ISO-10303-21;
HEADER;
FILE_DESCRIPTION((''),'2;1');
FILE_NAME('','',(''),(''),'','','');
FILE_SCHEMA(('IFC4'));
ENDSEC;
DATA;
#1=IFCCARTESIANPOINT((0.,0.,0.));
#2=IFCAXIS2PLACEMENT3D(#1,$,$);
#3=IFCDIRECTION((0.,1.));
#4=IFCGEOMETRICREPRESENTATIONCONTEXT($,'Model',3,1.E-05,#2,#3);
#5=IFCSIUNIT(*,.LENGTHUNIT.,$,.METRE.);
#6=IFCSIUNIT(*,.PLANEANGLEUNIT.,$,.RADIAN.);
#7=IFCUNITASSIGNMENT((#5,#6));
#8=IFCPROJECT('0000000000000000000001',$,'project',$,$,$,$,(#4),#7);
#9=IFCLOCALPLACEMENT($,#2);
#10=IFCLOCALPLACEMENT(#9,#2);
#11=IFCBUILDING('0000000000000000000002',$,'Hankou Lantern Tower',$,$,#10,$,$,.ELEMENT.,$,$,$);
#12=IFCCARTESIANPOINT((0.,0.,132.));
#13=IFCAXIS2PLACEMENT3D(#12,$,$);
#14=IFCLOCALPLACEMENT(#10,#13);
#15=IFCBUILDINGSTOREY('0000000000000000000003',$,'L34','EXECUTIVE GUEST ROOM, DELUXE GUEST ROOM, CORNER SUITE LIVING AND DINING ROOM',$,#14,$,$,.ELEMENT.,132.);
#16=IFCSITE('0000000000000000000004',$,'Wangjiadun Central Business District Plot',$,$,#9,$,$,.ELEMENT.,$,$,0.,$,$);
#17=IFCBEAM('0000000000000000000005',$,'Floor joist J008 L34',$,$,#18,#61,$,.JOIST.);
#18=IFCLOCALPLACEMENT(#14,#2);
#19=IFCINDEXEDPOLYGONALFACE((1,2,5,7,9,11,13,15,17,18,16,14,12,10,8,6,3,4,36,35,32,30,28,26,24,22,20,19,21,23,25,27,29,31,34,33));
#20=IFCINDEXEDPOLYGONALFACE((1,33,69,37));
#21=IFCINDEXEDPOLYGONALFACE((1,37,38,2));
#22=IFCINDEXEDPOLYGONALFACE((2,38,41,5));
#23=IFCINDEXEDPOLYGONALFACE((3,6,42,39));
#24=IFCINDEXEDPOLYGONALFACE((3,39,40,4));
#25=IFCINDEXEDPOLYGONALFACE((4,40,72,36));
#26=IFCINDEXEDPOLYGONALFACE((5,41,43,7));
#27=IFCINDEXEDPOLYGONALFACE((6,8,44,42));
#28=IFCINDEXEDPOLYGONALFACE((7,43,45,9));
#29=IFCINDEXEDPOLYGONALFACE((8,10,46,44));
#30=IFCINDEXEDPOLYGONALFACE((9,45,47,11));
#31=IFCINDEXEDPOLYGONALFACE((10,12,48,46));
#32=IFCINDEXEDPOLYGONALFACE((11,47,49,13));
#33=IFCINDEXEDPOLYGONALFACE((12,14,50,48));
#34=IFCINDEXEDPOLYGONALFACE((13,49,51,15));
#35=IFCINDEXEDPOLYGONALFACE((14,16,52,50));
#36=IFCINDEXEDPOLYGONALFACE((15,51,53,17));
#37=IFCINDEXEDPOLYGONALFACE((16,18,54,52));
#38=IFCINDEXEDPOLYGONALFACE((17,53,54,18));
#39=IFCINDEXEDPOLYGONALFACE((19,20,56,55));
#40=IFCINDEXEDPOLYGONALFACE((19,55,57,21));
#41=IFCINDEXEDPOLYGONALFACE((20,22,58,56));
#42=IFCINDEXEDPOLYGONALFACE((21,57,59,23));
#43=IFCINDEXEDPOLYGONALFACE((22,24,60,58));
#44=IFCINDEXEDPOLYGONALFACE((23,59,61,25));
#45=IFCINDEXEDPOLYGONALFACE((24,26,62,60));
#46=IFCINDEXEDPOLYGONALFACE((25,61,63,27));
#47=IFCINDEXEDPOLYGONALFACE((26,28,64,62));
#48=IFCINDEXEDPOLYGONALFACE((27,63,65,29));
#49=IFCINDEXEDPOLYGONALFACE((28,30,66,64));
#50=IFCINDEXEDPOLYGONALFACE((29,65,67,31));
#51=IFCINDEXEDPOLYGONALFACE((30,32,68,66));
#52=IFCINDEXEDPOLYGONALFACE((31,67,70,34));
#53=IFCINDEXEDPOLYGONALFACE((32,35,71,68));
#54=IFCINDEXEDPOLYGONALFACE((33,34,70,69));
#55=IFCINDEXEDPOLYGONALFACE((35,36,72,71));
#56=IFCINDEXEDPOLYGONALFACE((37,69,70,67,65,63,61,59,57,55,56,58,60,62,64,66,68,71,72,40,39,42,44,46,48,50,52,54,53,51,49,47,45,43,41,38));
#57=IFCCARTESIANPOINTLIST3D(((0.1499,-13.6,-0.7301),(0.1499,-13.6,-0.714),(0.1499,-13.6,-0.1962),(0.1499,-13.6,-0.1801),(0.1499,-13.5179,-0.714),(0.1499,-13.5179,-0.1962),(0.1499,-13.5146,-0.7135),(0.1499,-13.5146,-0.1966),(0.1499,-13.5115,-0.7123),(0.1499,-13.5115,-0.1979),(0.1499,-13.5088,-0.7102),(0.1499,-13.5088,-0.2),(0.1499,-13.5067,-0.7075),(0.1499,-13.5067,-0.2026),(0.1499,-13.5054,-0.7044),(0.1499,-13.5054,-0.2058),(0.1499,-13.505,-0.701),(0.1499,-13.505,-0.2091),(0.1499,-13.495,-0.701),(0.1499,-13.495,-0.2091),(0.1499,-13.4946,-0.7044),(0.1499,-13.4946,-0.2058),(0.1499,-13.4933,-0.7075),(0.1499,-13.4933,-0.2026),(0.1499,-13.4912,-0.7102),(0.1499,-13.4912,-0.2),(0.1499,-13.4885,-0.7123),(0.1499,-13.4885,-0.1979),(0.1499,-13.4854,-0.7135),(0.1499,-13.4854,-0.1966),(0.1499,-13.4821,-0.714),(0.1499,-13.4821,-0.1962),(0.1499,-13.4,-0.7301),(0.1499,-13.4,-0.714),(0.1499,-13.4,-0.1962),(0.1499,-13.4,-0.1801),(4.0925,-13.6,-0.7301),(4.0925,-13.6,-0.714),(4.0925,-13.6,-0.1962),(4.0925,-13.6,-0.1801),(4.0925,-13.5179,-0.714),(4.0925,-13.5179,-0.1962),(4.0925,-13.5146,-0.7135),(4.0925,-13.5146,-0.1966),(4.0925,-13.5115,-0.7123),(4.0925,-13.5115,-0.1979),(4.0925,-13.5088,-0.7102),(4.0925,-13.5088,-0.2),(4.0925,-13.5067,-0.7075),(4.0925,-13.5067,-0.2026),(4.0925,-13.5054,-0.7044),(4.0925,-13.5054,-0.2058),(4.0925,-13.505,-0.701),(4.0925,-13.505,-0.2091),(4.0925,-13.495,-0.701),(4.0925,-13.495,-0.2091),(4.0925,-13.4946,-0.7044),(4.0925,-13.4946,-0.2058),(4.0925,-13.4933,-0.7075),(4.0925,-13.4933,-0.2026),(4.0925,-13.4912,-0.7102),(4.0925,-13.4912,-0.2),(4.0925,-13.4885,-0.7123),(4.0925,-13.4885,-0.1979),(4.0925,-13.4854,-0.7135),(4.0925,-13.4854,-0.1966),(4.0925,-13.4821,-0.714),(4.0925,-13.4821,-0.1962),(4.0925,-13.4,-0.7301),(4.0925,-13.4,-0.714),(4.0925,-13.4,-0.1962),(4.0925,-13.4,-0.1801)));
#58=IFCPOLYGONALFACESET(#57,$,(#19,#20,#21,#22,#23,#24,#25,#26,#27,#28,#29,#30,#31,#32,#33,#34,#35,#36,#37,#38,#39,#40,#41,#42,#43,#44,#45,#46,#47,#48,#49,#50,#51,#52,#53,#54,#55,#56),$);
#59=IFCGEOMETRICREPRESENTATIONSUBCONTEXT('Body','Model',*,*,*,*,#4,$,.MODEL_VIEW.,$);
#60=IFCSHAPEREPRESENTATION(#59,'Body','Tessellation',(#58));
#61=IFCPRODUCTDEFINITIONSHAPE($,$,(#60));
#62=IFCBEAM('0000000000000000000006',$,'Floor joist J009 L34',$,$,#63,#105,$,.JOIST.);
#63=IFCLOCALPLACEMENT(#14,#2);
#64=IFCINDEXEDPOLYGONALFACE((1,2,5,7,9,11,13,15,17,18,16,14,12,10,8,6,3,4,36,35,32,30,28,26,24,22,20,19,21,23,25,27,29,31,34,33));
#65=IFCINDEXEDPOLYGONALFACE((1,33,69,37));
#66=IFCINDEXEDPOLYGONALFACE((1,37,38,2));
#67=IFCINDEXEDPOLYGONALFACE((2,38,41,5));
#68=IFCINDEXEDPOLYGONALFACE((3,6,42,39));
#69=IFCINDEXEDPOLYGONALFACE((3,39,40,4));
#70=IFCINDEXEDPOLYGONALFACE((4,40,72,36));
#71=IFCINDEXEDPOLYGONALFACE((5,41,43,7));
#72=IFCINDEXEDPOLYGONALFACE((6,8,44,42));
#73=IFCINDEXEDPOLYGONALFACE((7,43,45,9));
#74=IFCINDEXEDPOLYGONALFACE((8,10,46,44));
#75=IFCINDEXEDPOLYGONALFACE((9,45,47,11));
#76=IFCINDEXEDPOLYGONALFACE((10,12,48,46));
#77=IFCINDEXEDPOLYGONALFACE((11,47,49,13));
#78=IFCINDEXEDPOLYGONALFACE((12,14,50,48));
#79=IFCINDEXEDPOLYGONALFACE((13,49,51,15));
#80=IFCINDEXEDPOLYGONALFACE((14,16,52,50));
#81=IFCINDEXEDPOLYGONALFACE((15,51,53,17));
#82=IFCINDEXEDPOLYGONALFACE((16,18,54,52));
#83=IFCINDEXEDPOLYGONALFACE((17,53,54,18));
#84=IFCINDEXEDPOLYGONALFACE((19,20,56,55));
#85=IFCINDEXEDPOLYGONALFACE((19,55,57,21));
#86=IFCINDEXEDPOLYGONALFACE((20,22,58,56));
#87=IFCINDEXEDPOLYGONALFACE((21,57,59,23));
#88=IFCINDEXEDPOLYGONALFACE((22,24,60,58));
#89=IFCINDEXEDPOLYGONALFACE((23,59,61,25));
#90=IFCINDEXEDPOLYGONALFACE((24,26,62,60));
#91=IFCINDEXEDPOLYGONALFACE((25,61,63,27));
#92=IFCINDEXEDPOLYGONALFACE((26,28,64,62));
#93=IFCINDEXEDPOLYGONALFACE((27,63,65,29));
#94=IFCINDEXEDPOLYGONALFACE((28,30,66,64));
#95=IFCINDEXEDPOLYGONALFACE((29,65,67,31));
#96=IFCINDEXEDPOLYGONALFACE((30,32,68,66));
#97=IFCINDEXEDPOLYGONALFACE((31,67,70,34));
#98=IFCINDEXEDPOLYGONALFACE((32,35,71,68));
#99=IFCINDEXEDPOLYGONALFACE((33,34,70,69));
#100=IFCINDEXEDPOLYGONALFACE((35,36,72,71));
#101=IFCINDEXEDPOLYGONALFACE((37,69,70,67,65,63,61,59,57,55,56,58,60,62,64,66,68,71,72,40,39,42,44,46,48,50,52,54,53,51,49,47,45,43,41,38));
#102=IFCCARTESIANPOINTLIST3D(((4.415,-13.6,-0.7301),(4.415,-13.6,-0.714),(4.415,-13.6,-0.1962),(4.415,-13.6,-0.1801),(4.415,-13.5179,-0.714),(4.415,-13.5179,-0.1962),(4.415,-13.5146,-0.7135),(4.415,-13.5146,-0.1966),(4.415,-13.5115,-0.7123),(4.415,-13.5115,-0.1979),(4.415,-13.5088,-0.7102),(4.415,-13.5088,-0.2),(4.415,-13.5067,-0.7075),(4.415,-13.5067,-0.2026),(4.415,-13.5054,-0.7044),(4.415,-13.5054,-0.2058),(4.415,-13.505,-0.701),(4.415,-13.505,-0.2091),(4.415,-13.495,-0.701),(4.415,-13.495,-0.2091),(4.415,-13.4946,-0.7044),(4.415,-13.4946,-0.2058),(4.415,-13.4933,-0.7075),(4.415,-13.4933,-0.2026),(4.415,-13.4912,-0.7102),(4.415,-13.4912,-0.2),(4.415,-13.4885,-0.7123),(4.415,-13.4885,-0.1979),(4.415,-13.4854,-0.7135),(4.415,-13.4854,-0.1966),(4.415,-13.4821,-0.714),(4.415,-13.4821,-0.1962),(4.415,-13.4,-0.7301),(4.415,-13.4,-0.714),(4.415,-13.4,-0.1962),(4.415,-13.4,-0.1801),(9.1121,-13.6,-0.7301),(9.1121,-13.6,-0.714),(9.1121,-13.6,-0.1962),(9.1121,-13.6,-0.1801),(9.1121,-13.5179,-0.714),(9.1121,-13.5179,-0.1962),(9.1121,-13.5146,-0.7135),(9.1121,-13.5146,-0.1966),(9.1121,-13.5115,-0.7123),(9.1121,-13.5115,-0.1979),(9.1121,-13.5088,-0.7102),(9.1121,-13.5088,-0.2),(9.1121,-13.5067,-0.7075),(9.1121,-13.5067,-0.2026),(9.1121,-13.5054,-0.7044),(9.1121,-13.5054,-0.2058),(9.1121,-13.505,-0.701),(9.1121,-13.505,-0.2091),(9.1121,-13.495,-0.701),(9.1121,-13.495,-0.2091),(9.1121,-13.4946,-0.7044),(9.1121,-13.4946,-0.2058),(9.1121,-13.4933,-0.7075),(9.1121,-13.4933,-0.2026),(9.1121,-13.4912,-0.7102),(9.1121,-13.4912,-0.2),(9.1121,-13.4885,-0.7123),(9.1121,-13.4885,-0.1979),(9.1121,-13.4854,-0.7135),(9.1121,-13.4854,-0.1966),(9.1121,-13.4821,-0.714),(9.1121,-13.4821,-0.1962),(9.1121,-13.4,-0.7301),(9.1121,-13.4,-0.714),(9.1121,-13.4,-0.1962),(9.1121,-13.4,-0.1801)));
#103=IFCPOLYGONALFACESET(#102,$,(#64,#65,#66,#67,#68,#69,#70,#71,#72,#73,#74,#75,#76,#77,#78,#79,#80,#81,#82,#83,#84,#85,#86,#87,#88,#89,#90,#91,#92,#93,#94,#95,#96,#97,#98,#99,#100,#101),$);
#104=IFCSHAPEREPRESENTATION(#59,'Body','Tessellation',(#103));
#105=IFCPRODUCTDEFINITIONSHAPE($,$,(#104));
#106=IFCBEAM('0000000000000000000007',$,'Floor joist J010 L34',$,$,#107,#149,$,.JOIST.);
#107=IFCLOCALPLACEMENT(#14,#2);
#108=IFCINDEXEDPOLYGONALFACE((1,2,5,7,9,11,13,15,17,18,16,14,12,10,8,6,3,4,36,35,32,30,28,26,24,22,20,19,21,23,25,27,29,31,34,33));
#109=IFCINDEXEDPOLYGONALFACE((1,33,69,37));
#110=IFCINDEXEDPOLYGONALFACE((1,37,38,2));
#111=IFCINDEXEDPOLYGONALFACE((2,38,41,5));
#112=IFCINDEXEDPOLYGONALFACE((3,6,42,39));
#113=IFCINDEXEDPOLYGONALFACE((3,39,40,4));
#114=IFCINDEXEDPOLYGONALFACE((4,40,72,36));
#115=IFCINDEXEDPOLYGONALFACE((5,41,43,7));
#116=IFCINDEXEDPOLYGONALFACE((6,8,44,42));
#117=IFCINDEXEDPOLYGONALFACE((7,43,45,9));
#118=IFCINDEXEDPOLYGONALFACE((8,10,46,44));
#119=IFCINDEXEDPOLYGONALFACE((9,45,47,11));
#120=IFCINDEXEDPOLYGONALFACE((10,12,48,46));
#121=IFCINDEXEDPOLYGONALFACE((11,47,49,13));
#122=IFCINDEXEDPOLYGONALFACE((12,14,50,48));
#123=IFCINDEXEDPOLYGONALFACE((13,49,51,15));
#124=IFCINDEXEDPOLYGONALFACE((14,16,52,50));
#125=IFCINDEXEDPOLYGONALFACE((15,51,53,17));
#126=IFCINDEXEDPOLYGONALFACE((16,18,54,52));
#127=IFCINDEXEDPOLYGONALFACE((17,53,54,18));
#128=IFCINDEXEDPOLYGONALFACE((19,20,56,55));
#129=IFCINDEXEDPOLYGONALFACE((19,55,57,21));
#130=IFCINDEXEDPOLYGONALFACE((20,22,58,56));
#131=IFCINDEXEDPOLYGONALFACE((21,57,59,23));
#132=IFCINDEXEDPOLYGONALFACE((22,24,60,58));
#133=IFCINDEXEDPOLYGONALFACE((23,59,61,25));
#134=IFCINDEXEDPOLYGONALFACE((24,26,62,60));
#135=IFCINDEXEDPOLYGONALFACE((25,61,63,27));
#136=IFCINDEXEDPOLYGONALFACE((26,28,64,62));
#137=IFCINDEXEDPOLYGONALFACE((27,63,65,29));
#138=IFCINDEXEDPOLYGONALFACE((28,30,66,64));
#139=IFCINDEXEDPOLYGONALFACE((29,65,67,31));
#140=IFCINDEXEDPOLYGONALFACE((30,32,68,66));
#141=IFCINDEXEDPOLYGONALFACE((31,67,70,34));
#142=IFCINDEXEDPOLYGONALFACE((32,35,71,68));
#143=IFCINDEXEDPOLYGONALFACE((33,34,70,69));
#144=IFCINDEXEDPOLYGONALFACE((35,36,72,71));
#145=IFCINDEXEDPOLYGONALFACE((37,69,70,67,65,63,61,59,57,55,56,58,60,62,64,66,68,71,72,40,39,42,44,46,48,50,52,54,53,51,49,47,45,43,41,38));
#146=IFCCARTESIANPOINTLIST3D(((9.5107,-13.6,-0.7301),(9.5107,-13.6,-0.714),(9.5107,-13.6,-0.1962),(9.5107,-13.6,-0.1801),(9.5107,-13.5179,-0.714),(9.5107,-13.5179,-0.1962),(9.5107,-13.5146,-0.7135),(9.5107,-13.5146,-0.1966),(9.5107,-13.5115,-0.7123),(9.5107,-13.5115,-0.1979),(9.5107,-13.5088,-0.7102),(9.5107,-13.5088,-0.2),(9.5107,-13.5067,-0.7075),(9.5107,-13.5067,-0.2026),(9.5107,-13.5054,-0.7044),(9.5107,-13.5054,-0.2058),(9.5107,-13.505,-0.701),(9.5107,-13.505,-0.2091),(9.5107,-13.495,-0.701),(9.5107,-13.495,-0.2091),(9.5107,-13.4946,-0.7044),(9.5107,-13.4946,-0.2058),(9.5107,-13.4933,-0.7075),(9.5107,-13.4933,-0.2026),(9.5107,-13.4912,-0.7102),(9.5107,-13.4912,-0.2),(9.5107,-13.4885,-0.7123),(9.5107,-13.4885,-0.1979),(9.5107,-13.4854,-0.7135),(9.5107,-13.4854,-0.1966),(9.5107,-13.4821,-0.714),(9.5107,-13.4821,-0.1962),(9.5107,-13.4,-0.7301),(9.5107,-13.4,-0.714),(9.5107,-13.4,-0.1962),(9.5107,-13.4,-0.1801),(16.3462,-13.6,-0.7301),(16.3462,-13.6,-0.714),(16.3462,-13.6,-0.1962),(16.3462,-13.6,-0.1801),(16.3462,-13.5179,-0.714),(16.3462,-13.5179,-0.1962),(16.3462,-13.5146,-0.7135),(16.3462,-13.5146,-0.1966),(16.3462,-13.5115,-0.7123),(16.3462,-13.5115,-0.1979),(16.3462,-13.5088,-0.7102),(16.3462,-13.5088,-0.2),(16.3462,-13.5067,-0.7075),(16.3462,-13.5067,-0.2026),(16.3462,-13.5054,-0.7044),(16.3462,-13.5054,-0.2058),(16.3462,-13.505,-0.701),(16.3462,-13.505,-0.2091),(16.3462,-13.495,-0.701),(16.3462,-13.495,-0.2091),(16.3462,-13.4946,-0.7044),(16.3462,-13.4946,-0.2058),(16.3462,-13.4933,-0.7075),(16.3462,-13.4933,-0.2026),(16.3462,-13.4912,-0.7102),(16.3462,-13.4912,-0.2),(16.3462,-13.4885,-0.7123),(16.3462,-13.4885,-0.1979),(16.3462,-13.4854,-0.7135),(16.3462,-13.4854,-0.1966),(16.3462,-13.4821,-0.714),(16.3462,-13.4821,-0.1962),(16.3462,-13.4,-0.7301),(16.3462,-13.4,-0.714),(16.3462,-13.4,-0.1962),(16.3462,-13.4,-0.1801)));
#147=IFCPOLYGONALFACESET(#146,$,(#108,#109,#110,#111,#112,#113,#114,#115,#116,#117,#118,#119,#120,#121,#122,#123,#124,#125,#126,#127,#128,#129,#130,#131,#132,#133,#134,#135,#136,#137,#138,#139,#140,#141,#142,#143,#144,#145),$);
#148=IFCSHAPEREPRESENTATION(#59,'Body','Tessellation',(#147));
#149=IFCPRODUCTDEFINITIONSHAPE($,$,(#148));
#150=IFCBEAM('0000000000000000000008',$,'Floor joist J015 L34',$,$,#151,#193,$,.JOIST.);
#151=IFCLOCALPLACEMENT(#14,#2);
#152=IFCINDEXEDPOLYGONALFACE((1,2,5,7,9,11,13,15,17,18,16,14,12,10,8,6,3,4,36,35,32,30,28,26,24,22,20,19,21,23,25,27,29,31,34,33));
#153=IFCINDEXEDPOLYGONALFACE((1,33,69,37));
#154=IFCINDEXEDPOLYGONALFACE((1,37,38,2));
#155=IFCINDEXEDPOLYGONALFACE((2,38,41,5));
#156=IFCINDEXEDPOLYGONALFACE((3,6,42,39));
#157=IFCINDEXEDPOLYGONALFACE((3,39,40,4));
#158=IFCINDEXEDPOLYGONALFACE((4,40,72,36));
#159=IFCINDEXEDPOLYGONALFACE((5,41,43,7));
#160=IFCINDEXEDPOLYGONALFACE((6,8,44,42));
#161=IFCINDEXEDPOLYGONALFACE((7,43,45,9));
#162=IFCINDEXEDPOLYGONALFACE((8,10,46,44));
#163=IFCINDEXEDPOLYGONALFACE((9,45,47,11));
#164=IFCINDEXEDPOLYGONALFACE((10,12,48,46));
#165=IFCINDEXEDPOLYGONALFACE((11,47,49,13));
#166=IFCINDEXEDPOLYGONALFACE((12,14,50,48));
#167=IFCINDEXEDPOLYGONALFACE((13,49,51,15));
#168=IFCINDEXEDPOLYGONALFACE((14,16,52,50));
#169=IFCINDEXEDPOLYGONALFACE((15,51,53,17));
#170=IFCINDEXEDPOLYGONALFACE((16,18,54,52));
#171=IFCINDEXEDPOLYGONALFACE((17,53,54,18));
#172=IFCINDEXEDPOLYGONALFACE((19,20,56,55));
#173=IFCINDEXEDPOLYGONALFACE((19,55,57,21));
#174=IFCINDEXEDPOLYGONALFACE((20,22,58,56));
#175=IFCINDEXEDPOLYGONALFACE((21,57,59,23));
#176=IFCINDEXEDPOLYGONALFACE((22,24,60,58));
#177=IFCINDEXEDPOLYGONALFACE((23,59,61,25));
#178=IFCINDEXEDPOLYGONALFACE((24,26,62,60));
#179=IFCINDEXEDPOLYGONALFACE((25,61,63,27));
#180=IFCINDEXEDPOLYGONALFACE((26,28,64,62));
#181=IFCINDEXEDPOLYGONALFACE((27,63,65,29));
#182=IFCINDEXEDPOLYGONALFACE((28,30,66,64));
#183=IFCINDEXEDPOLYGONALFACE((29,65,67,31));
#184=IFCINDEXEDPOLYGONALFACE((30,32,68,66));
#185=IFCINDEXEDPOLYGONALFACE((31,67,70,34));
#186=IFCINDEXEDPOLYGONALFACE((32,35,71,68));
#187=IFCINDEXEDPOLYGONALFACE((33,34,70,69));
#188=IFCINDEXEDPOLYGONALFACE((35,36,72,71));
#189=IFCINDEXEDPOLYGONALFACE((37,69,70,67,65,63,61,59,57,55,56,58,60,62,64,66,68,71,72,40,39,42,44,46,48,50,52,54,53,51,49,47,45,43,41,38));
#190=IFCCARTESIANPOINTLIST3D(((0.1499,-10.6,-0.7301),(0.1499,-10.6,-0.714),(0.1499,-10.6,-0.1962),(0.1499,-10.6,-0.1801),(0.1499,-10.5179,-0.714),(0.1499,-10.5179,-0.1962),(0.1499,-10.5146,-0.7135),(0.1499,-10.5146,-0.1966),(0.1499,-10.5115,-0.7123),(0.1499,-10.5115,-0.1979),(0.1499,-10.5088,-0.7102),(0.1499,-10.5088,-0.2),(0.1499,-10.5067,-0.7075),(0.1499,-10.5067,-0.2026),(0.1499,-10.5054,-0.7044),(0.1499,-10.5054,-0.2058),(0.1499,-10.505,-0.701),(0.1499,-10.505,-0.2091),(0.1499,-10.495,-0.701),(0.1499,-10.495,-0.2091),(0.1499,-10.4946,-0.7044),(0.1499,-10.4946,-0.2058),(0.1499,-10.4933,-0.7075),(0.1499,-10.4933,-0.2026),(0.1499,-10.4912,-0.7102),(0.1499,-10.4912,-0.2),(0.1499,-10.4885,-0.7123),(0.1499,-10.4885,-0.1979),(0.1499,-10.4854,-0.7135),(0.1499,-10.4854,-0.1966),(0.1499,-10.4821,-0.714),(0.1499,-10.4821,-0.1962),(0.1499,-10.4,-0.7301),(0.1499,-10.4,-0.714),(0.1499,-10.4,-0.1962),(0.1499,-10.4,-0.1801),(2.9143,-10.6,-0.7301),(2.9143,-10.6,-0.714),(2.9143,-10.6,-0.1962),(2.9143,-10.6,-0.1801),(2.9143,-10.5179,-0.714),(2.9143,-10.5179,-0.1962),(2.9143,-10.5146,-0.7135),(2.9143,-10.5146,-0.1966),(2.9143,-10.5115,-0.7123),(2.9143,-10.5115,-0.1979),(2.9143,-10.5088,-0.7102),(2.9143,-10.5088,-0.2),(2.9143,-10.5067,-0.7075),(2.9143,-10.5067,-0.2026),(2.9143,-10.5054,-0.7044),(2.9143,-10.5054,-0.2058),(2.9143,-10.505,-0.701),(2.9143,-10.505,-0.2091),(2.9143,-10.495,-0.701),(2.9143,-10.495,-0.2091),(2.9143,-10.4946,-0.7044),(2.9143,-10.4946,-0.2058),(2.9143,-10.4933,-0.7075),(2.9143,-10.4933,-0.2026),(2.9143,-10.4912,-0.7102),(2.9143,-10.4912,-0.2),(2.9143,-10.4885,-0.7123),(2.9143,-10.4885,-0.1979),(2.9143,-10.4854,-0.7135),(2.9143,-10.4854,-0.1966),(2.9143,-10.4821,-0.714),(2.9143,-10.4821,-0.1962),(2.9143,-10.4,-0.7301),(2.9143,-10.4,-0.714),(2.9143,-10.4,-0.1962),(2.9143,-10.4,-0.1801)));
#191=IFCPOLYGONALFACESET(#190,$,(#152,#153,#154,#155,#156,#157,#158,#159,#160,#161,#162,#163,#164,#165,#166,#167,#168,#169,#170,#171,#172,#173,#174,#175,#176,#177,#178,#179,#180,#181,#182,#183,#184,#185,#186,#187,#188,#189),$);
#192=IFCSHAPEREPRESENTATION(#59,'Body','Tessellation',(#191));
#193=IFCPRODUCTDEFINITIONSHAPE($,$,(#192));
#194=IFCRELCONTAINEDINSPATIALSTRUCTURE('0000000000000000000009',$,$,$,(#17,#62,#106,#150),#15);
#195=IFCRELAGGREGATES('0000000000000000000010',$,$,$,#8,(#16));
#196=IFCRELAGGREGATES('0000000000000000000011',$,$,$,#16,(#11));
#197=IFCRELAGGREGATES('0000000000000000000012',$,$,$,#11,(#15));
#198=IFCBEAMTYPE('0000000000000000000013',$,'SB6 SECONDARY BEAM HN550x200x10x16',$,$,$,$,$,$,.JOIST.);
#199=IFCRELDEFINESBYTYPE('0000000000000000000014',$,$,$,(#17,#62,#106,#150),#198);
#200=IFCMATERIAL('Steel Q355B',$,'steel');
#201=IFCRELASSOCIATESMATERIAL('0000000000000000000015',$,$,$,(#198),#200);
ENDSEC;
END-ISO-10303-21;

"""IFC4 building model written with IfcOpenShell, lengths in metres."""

from ifc_helpers import new_model, si_unit, direction, frame, origin, origin_2d, place, context, subcontext, project, spatial, i_section, extrude, material, material_profile, profile_set, type_object, element, save


model = new_model("IFC4")

# Units and contexts
model_context = context("Model", 3, precision=1e-05, world=origin(), true_north=direction((0.0, 1.0)))
body_context = subcontext(model_context, "Body", "Model", "MODEL_VIEW")
ifc_project = project(units=[si_unit("LENGTHUNIT", "METRE"), si_unit("PLANEANGLEUNIT", "RADIAN")], contexts=[model_context])

# Site, building, storey
site_placement = place(None, origin())
site = spatial("IfcSite", under=ifc_project, at=site_placement, Name="Wangjiadun Central Business District Plot", CompositionType="ELEMENT", RefElevation=0.0)
building_placement = place(site_placement, origin())
building = spatial("IfcBuilding", under=site, at=building_placement, Name="Hankou Lantern Tower", CompositionType="ELEMENT")
storey_placement = place(building_placement, frame((0.0, 0.0, 132.0)))
storey = spatial("IfcBuildingStorey", under=building, at=storey_placement, Name="L34", Description="EXECUTIVE GUEST ROOM, DELUXE GUEST ROOM, CORNER SUITE LIVING AND DINING ROOM", CompositionType="ELEMENT", Elevation=132.0)

# Beams
ifc_material_1 = material(Name="Steel Q355B", Category="steel")
ifc_material_profile_1 = material_profile(ifc_material_1, i_section(OverallWidth=0.2, OverallDepth=0.55, WebThickness=0.01, FlangeThickness=0.0161, FilletRadius=0.0129, at=origin_2d()), Name="HN550x200x10x16")
ifc_profile_set_1 = profile_set([ifc_material_profile_1], Name="Steel Q355B")
beam_type_1 = type_object("IfcBeamType", Name="SB6 SECONDARY BEAM HN550x200x10x16", PredefinedType="JOIST", material=ifc_profile_set_1)
beam_1_placement = place(storey_placement, frame((0.1499, -13.5, -0.4551), z_axis=(1.0, 0.0, 0.0), x_axis=(0.0, 1.0, 0.0)))
element("IfcBeam", 1, at=beam_1_placement, inside=storey, type_object=beam_type_1, Name="Floor joist J008 L34", PredefinedType="JOIST", context=body_context, shape_type="SweptSolid", body=[
    extrude(i_section(OverallWidth=0.2, OverallDepth=0.55, WebThickness=0.01, FlangeThickness=0.0161, FilletRadius=0.0129, at=origin_2d()), origin(), (0.0, 0.0, 1.0), 3.9426),
])
beam_2_placement = place(storey_placement, frame((4.415, -13.5, -0.4551), z_axis=(1.0, 0.0, 0.0), x_axis=(0.0, 1.0, 0.0)))
element("IfcBeam", 2, at=beam_2_placement, inside=storey, type_object=beam_type_1, Name="Floor joist J009 L34", PredefinedType="JOIST", context=body_context, shape_type="SweptSolid", body=[
    extrude(i_section(OverallWidth=0.2, OverallDepth=0.55, WebThickness=0.01, FlangeThickness=0.0161, FilletRadius=0.0129, at=origin_2d()), origin(), (0.0, 0.0, 1.0), 4.697),
])
beam_3_placement = place(storey_placement, frame((9.5107, -13.5, -0.4551), z_axis=(1.0, 0.0, 0.0), x_axis=(0.0, 1.0, 0.0)))
element("IfcBeam", 3, at=beam_3_placement, inside=storey, type_object=beam_type_1, Name="Floor joist J010 L34", PredefinedType="JOIST", context=body_context, shape_type="SweptSolid", body=[
    extrude(i_section(OverallWidth=0.2, OverallDepth=0.55, WebThickness=0.01, FlangeThickness=0.0161, FilletRadius=0.0129, at=origin_2d()), origin(), (0.0, 0.0, 1.0), 6.8354),
])
beam_4_placement = place(storey_placement, frame((0.1499, -10.5, -0.4551), z_axis=(1.0, 0.0, 0.0), x_axis=(0.0, 1.0, 0.0)))
element("IfcBeam", 4, at=beam_4_placement, inside=storey, type_object=beam_type_1, Name="Floor joist J015 L34", PredefinedType="JOIST", context=body_context, shape_type="SweptSolid", body=[
    extrude(i_section(OverallWidth=0.2, OverallDepth=0.55, WebThickness=0.01, FlangeThickness=0.0161, FilletRadius=0.0129, at=origin_2d()), origin(), (0.0, 0.0, 1.0), 2.7644),
])

save(model, "model.ifc")
